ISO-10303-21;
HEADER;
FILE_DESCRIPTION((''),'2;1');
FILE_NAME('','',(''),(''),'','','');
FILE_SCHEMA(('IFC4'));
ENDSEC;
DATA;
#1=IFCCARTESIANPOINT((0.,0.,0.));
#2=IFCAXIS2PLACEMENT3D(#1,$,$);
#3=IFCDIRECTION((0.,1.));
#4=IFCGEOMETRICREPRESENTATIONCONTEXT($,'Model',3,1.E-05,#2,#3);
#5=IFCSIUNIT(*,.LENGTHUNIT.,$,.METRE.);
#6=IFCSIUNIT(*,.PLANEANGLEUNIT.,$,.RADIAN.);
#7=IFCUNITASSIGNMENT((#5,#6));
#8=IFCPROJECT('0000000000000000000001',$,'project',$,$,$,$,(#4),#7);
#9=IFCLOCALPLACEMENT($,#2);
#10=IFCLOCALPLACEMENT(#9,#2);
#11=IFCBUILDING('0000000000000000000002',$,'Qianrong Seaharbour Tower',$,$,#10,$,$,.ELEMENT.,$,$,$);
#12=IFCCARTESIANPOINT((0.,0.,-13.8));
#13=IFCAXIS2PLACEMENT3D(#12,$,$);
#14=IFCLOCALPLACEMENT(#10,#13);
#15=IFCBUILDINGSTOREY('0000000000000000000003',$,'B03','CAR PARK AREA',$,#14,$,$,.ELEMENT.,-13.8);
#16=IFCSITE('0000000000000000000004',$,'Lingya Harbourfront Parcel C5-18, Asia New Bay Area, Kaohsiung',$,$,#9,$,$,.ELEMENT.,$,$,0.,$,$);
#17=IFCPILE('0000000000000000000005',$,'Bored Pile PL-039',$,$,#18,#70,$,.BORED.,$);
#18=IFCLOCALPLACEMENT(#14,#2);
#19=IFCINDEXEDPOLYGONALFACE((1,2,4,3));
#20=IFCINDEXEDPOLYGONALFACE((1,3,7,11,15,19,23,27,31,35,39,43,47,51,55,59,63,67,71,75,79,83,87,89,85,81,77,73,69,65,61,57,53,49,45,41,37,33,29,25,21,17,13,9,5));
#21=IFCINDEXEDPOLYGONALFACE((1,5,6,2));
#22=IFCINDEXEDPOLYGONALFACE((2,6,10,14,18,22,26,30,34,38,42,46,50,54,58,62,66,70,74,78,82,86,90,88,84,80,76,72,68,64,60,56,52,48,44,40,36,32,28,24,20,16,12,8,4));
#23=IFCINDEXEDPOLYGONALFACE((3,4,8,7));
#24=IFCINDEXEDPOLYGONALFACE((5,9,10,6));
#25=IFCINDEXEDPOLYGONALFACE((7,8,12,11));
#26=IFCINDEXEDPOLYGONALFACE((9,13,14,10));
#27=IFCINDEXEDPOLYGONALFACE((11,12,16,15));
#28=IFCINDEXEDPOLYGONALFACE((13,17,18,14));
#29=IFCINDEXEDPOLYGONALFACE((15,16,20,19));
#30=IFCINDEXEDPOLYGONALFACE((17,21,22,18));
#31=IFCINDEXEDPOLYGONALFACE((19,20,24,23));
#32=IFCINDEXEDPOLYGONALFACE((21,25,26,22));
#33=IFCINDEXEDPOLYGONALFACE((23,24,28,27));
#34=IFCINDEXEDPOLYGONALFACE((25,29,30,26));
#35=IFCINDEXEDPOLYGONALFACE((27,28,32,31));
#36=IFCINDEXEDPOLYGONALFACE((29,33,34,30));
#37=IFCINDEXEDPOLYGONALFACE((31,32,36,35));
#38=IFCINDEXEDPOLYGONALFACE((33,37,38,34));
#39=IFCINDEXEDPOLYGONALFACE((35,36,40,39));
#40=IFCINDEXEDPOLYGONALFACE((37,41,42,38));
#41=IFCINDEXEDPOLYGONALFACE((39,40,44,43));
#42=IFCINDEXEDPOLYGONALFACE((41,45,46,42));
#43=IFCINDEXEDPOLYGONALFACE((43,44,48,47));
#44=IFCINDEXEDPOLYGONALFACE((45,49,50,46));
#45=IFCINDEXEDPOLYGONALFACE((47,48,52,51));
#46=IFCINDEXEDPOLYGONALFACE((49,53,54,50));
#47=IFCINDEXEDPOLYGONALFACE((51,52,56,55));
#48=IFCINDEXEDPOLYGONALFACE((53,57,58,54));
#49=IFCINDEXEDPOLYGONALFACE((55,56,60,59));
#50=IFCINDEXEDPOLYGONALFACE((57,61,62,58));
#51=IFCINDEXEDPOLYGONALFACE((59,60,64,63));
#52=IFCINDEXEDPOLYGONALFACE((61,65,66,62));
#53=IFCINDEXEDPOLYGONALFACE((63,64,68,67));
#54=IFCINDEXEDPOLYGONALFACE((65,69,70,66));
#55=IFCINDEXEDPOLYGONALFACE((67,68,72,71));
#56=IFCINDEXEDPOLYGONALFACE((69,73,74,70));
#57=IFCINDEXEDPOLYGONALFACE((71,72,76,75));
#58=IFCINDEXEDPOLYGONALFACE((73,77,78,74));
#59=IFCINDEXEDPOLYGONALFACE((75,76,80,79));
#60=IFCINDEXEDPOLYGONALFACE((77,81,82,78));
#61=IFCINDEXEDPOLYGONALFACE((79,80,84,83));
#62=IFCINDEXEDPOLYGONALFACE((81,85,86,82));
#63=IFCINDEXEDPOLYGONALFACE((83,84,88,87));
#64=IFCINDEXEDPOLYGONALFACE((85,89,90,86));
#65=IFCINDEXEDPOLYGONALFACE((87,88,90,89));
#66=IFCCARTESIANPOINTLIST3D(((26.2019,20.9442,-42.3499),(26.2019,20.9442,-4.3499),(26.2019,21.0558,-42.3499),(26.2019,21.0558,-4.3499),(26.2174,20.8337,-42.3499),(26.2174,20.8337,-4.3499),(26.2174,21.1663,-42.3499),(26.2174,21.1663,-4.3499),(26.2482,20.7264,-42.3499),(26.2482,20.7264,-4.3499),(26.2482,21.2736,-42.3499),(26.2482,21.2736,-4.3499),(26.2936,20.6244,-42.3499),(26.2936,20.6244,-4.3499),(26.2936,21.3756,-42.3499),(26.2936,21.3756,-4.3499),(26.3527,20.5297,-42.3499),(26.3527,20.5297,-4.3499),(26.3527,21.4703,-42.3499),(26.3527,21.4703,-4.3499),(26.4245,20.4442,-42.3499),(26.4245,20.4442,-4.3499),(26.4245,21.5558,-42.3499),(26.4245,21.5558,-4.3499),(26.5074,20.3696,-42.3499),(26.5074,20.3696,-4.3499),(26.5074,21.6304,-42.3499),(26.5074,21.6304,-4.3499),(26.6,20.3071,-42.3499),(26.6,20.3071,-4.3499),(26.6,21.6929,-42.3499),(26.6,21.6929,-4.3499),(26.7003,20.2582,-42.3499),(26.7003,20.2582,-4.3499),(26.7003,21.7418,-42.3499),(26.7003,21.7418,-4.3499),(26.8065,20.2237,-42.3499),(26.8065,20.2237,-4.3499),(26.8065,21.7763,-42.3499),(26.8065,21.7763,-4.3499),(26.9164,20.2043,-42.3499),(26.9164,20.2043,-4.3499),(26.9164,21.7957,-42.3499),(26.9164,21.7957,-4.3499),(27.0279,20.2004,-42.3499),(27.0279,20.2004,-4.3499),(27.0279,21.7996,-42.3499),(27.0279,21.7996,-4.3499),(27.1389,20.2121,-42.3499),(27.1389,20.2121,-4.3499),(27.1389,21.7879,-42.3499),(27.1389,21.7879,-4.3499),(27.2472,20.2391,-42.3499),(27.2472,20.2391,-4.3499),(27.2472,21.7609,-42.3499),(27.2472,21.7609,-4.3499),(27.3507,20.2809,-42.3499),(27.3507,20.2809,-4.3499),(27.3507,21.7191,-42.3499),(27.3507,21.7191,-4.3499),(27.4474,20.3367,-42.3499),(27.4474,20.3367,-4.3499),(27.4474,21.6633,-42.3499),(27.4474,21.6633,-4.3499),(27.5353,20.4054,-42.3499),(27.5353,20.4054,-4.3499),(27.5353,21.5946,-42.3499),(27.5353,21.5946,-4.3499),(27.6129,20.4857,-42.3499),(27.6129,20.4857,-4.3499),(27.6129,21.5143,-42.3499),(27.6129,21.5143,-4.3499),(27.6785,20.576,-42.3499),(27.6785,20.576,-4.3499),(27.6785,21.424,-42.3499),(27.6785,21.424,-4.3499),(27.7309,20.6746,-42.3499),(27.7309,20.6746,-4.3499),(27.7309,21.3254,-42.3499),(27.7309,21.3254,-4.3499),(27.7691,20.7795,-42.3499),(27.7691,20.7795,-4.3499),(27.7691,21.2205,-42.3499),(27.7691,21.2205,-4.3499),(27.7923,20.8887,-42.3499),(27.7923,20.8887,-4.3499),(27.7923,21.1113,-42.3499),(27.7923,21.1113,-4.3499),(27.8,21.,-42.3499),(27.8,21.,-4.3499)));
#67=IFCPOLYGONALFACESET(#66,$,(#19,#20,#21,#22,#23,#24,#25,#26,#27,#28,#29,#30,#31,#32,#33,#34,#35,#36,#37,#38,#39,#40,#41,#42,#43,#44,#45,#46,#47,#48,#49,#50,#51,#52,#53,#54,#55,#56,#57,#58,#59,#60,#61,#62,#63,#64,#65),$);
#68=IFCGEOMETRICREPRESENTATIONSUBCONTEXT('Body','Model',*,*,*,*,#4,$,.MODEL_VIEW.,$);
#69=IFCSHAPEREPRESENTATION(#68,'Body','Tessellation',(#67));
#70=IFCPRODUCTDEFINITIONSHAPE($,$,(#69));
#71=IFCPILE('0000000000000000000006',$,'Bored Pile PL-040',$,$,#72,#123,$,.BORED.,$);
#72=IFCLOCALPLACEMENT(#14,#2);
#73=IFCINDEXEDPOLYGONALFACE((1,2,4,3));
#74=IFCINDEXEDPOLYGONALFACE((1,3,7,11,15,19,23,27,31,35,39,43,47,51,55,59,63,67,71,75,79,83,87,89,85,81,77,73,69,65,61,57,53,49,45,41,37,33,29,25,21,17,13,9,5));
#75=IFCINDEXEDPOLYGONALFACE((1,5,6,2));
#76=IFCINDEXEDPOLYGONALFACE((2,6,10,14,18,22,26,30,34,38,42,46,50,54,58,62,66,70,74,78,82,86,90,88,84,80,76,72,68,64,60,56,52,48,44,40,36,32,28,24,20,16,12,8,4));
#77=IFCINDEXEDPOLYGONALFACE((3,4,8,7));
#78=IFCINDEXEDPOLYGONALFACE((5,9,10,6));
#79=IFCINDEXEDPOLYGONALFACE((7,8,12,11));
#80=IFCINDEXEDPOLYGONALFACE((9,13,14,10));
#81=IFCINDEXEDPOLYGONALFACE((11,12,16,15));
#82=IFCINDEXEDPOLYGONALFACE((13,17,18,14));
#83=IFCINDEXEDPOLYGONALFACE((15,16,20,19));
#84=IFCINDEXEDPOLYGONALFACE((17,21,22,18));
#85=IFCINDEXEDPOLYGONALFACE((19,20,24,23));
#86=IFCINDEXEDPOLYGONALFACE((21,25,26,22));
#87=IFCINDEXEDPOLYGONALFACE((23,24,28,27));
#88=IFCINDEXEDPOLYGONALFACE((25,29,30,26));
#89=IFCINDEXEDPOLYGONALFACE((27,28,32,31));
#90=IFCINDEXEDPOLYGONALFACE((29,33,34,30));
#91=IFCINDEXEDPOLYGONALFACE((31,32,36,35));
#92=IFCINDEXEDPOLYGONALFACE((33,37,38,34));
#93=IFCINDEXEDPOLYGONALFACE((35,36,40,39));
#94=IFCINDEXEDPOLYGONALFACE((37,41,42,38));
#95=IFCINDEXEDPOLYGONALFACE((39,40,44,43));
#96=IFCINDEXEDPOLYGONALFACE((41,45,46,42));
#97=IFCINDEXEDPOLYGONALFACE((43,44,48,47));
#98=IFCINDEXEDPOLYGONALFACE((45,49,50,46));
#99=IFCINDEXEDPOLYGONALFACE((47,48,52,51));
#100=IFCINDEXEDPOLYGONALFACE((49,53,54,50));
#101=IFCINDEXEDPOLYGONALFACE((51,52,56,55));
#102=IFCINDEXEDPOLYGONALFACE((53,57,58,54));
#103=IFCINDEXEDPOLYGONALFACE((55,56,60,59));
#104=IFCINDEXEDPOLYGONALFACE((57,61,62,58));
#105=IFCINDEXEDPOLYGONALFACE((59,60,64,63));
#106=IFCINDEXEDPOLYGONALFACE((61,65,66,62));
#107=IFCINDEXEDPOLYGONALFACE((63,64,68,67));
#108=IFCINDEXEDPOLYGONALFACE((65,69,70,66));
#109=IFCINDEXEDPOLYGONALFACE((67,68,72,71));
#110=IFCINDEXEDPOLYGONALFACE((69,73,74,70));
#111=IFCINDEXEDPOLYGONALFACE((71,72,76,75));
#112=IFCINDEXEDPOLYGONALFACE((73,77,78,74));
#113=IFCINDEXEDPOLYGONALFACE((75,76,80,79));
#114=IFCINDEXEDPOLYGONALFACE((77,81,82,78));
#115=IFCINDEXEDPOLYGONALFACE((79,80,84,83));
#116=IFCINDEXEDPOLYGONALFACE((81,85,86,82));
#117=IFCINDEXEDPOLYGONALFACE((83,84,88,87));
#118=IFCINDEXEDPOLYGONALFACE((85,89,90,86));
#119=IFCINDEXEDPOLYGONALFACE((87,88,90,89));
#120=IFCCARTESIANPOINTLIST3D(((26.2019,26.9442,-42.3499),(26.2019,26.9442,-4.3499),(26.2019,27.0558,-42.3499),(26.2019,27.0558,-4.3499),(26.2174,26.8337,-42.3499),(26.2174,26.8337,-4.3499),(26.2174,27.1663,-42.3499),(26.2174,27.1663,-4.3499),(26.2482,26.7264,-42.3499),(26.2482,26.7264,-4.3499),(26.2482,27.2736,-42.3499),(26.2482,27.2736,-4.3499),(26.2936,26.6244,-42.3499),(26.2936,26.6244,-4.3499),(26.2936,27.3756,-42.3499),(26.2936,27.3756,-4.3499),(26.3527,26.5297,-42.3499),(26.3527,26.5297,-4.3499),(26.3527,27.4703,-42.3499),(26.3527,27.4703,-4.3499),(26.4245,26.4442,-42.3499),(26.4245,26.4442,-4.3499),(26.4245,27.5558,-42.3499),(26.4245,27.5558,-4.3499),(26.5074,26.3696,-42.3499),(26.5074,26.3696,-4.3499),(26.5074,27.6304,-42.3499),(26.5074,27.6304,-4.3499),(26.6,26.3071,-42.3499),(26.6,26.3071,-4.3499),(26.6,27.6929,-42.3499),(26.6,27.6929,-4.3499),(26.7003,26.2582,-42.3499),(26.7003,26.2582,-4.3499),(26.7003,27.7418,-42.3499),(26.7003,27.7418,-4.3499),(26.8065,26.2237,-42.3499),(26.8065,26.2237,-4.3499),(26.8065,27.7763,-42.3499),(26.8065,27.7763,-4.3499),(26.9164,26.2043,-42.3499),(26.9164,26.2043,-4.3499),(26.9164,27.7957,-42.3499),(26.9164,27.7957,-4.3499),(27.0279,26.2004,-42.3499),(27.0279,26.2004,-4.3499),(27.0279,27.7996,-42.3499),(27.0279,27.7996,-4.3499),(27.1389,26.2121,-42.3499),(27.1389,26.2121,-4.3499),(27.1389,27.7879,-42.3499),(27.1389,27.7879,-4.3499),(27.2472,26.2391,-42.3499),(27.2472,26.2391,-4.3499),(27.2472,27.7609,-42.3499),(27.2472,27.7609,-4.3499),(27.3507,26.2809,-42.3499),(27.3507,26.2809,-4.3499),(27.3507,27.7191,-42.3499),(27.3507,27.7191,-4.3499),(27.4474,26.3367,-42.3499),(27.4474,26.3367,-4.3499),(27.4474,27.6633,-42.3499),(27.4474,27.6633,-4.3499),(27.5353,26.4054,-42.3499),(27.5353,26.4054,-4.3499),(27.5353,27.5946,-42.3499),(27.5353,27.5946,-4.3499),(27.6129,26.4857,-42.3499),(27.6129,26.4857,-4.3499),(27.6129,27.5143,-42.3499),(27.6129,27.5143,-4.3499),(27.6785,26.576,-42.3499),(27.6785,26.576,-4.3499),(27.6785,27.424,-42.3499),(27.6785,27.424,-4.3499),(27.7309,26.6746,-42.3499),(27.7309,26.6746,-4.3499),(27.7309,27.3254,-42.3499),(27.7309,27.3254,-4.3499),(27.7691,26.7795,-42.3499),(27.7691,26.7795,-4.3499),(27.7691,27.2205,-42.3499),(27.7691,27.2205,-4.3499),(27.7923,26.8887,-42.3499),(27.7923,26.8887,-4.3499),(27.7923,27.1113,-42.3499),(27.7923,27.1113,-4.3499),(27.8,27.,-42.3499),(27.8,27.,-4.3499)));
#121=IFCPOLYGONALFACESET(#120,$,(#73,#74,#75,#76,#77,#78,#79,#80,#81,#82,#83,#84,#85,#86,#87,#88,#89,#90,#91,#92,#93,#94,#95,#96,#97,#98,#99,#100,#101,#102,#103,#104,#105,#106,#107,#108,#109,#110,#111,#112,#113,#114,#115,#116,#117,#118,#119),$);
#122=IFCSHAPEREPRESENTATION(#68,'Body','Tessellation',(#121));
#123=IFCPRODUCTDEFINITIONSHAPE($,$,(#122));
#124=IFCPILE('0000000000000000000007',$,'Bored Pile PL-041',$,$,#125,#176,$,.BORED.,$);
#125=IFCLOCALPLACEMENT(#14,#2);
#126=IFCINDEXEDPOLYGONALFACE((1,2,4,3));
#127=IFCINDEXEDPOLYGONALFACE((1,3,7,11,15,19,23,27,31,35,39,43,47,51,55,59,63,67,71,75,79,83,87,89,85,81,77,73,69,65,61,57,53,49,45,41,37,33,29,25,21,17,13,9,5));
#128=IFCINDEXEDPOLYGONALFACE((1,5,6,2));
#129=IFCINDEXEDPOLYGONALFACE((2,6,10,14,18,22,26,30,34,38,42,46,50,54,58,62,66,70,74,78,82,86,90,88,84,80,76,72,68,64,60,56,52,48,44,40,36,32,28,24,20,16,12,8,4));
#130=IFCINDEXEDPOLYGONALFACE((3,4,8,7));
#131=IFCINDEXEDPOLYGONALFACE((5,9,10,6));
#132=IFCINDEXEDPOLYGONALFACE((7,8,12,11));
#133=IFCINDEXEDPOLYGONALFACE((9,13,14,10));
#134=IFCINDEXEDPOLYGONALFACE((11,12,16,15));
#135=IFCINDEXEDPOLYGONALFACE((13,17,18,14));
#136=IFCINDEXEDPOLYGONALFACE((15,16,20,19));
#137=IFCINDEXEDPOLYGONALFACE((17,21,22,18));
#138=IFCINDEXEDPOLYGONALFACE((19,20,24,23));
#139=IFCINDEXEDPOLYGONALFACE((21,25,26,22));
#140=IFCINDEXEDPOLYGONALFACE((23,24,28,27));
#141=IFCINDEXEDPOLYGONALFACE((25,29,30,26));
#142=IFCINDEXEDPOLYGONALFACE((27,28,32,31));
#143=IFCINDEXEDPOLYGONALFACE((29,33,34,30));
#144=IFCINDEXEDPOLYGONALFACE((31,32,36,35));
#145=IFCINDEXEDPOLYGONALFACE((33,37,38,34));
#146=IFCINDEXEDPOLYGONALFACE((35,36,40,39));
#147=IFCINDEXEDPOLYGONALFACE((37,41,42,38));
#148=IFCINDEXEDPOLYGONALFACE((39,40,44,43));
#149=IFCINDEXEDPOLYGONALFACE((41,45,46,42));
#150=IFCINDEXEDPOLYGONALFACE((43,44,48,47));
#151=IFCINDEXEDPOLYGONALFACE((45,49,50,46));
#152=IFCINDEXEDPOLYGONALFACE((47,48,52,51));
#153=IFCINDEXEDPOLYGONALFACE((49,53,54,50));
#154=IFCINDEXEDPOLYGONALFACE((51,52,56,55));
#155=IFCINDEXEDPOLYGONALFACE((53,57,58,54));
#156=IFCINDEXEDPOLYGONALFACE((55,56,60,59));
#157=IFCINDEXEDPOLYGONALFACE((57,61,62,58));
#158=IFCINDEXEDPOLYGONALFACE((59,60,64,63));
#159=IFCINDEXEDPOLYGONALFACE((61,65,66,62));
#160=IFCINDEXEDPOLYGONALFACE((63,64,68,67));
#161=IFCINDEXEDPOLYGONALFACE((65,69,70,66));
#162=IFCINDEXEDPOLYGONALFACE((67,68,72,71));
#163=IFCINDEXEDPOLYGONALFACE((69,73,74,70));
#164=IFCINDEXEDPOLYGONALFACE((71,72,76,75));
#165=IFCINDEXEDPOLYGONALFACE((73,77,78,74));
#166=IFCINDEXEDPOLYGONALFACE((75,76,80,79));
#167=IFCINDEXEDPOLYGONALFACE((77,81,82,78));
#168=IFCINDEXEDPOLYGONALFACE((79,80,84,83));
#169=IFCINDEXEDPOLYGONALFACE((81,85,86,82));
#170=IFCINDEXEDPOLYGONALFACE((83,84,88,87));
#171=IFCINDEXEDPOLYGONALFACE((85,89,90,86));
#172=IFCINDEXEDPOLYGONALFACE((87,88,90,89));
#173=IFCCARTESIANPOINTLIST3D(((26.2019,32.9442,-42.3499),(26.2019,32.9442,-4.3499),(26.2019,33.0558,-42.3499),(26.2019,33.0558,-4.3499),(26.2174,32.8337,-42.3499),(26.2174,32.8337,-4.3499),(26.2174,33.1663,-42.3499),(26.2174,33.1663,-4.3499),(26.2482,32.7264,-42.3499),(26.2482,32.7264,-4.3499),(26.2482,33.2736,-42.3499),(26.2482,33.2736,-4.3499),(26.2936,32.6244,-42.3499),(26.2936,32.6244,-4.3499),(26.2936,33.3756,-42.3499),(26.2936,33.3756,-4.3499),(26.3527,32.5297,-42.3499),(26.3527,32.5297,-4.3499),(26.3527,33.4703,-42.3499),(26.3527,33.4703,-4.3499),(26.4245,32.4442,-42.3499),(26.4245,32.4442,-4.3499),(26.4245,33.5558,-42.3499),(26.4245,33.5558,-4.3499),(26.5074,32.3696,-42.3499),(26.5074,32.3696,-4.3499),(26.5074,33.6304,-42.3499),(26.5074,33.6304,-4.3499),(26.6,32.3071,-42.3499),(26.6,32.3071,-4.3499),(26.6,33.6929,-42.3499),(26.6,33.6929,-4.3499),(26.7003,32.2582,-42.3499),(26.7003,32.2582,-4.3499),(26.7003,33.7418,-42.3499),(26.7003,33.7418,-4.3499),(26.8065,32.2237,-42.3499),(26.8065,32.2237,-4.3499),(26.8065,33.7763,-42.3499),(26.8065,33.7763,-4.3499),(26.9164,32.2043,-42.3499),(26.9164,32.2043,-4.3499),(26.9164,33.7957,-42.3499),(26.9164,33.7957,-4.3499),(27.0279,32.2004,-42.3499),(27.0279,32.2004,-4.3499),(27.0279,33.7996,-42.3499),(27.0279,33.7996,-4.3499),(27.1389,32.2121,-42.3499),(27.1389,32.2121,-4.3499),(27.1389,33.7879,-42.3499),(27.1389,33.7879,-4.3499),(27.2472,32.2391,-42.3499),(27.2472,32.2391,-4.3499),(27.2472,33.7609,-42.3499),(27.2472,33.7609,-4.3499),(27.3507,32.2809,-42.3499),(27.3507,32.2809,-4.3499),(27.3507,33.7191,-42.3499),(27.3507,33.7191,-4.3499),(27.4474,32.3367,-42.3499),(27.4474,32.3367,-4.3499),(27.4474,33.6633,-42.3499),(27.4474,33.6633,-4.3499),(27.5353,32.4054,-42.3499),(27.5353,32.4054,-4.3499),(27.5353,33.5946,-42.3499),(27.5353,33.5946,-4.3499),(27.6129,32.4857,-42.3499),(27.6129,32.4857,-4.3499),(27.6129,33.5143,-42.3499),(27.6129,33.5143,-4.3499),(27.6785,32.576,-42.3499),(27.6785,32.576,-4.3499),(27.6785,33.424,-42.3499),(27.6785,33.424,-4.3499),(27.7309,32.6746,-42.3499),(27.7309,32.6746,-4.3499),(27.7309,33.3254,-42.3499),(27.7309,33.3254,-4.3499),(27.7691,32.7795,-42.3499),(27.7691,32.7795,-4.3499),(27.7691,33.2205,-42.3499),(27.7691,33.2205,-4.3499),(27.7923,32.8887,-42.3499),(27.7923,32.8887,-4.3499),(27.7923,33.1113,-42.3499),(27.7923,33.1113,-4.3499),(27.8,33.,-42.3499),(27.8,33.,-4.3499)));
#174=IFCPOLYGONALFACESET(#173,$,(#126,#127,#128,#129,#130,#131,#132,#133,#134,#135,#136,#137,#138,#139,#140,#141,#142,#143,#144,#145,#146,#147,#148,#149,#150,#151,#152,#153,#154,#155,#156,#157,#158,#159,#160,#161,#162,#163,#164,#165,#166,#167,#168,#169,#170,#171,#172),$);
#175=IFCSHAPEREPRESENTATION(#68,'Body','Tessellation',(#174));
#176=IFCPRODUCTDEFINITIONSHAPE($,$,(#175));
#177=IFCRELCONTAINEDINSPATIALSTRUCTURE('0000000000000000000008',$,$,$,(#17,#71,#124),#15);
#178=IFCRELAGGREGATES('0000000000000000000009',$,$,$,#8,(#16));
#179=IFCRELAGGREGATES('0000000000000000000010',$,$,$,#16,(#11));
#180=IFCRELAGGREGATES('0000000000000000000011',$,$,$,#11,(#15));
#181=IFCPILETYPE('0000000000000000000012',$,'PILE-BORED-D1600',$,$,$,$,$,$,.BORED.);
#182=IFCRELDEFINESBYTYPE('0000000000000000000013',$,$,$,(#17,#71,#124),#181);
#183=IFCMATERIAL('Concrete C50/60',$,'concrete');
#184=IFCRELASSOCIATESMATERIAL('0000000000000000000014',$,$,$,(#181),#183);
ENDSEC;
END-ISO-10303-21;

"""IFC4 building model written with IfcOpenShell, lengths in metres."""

from ifc_helpers import new_model, si_unit, direction, frame, origin, origin_2d, place, context, subcontext, project, spatial, circle, extrude, material, material_profile, profile_set, type_object, element, save


model = new_model("IFC4")

# Units and contexts
model_context = context("Model", 3, precision=1e-05, world=origin(), true_north=direction((0.0, 1.0)))
body_context = subcontext(model_context, "Body", "Model", "MODEL_VIEW")
ifc_project = project(units=[si_unit("LENGTHUNIT", "METRE"), si_unit("PLANEANGLEUNIT", "RADIAN")], contexts=[model_context])

# Site, building, storey
site_placement = place(None, origin())
site = spatial("IfcSite", under=ifc_project, at=site_placement, Name="Lingya Harbourfront Parcel C5-18, Asia New Bay Area, Kaohsiung", CompositionType="ELEMENT", RefElevation=0.0)
building_placement = place(site_placement, origin())
building = spatial("IfcBuilding", under=site, at=building_placement, Name="Qianrong Seaharbour Tower", CompositionType="ELEMENT")
storey_placement = place(building_placement, frame((0.0, 0.0, -13.8)))
storey = spatial("IfcBuildingStorey", under=building, at=storey_placement, Name="B03", Description="CAR PARK AREA", CompositionType="ELEMENT", Elevation=-13.8)

# Piles
ifc_material_1 = material(Name="Concrete C50/60", Category="concrete")
ifc_material_profile_1 = material_profile(ifc_material_1, circle(Radius=0.8, at=origin_2d()), Name="PILE-D1600")
ifc_profile_set_1 = profile_set([ifc_material_profile_1], Name="Concrete C50/60")
pile_type_1 = type_object("IfcPileType", Name="PILE-BORED-D1600", PredefinedType="BORED", material=ifc_profile_set_1)
for number, where, z_axis, x_axis, name in (
    (1, (27.0, 21.0, -4.3499), (0.0, 0.0, -1.0), (1.0, 0.0, 0.0), "Bored Pile PL-039"),
    (2, (27.0, 27.0, -4.3499), (0.0, 0.0, -1.0), (1.0, 0.0, 0.0), "Bored Pile PL-040"),
    (3, (27.0, 33.0, -4.3499), (0.0, 0.0, -1.0), (1.0, 0.0, 0.0), "Bored Pile PL-041"),
):
    element("IfcPile", number, at=place(storey_placement, frame(where, z_axis=z_axis, x_axis=x_axis)), inside=storey, type_object=pile_type_1, Name=name, PredefinedType="BORED", context=body_context, shape_type="SweptSolid", body=[
        extrude(circle(Radius=0.8, at=origin_2d()), origin(), (0.0, 0.0, 1.0), 38.0),
    ])

save(model, "model.ifc")
